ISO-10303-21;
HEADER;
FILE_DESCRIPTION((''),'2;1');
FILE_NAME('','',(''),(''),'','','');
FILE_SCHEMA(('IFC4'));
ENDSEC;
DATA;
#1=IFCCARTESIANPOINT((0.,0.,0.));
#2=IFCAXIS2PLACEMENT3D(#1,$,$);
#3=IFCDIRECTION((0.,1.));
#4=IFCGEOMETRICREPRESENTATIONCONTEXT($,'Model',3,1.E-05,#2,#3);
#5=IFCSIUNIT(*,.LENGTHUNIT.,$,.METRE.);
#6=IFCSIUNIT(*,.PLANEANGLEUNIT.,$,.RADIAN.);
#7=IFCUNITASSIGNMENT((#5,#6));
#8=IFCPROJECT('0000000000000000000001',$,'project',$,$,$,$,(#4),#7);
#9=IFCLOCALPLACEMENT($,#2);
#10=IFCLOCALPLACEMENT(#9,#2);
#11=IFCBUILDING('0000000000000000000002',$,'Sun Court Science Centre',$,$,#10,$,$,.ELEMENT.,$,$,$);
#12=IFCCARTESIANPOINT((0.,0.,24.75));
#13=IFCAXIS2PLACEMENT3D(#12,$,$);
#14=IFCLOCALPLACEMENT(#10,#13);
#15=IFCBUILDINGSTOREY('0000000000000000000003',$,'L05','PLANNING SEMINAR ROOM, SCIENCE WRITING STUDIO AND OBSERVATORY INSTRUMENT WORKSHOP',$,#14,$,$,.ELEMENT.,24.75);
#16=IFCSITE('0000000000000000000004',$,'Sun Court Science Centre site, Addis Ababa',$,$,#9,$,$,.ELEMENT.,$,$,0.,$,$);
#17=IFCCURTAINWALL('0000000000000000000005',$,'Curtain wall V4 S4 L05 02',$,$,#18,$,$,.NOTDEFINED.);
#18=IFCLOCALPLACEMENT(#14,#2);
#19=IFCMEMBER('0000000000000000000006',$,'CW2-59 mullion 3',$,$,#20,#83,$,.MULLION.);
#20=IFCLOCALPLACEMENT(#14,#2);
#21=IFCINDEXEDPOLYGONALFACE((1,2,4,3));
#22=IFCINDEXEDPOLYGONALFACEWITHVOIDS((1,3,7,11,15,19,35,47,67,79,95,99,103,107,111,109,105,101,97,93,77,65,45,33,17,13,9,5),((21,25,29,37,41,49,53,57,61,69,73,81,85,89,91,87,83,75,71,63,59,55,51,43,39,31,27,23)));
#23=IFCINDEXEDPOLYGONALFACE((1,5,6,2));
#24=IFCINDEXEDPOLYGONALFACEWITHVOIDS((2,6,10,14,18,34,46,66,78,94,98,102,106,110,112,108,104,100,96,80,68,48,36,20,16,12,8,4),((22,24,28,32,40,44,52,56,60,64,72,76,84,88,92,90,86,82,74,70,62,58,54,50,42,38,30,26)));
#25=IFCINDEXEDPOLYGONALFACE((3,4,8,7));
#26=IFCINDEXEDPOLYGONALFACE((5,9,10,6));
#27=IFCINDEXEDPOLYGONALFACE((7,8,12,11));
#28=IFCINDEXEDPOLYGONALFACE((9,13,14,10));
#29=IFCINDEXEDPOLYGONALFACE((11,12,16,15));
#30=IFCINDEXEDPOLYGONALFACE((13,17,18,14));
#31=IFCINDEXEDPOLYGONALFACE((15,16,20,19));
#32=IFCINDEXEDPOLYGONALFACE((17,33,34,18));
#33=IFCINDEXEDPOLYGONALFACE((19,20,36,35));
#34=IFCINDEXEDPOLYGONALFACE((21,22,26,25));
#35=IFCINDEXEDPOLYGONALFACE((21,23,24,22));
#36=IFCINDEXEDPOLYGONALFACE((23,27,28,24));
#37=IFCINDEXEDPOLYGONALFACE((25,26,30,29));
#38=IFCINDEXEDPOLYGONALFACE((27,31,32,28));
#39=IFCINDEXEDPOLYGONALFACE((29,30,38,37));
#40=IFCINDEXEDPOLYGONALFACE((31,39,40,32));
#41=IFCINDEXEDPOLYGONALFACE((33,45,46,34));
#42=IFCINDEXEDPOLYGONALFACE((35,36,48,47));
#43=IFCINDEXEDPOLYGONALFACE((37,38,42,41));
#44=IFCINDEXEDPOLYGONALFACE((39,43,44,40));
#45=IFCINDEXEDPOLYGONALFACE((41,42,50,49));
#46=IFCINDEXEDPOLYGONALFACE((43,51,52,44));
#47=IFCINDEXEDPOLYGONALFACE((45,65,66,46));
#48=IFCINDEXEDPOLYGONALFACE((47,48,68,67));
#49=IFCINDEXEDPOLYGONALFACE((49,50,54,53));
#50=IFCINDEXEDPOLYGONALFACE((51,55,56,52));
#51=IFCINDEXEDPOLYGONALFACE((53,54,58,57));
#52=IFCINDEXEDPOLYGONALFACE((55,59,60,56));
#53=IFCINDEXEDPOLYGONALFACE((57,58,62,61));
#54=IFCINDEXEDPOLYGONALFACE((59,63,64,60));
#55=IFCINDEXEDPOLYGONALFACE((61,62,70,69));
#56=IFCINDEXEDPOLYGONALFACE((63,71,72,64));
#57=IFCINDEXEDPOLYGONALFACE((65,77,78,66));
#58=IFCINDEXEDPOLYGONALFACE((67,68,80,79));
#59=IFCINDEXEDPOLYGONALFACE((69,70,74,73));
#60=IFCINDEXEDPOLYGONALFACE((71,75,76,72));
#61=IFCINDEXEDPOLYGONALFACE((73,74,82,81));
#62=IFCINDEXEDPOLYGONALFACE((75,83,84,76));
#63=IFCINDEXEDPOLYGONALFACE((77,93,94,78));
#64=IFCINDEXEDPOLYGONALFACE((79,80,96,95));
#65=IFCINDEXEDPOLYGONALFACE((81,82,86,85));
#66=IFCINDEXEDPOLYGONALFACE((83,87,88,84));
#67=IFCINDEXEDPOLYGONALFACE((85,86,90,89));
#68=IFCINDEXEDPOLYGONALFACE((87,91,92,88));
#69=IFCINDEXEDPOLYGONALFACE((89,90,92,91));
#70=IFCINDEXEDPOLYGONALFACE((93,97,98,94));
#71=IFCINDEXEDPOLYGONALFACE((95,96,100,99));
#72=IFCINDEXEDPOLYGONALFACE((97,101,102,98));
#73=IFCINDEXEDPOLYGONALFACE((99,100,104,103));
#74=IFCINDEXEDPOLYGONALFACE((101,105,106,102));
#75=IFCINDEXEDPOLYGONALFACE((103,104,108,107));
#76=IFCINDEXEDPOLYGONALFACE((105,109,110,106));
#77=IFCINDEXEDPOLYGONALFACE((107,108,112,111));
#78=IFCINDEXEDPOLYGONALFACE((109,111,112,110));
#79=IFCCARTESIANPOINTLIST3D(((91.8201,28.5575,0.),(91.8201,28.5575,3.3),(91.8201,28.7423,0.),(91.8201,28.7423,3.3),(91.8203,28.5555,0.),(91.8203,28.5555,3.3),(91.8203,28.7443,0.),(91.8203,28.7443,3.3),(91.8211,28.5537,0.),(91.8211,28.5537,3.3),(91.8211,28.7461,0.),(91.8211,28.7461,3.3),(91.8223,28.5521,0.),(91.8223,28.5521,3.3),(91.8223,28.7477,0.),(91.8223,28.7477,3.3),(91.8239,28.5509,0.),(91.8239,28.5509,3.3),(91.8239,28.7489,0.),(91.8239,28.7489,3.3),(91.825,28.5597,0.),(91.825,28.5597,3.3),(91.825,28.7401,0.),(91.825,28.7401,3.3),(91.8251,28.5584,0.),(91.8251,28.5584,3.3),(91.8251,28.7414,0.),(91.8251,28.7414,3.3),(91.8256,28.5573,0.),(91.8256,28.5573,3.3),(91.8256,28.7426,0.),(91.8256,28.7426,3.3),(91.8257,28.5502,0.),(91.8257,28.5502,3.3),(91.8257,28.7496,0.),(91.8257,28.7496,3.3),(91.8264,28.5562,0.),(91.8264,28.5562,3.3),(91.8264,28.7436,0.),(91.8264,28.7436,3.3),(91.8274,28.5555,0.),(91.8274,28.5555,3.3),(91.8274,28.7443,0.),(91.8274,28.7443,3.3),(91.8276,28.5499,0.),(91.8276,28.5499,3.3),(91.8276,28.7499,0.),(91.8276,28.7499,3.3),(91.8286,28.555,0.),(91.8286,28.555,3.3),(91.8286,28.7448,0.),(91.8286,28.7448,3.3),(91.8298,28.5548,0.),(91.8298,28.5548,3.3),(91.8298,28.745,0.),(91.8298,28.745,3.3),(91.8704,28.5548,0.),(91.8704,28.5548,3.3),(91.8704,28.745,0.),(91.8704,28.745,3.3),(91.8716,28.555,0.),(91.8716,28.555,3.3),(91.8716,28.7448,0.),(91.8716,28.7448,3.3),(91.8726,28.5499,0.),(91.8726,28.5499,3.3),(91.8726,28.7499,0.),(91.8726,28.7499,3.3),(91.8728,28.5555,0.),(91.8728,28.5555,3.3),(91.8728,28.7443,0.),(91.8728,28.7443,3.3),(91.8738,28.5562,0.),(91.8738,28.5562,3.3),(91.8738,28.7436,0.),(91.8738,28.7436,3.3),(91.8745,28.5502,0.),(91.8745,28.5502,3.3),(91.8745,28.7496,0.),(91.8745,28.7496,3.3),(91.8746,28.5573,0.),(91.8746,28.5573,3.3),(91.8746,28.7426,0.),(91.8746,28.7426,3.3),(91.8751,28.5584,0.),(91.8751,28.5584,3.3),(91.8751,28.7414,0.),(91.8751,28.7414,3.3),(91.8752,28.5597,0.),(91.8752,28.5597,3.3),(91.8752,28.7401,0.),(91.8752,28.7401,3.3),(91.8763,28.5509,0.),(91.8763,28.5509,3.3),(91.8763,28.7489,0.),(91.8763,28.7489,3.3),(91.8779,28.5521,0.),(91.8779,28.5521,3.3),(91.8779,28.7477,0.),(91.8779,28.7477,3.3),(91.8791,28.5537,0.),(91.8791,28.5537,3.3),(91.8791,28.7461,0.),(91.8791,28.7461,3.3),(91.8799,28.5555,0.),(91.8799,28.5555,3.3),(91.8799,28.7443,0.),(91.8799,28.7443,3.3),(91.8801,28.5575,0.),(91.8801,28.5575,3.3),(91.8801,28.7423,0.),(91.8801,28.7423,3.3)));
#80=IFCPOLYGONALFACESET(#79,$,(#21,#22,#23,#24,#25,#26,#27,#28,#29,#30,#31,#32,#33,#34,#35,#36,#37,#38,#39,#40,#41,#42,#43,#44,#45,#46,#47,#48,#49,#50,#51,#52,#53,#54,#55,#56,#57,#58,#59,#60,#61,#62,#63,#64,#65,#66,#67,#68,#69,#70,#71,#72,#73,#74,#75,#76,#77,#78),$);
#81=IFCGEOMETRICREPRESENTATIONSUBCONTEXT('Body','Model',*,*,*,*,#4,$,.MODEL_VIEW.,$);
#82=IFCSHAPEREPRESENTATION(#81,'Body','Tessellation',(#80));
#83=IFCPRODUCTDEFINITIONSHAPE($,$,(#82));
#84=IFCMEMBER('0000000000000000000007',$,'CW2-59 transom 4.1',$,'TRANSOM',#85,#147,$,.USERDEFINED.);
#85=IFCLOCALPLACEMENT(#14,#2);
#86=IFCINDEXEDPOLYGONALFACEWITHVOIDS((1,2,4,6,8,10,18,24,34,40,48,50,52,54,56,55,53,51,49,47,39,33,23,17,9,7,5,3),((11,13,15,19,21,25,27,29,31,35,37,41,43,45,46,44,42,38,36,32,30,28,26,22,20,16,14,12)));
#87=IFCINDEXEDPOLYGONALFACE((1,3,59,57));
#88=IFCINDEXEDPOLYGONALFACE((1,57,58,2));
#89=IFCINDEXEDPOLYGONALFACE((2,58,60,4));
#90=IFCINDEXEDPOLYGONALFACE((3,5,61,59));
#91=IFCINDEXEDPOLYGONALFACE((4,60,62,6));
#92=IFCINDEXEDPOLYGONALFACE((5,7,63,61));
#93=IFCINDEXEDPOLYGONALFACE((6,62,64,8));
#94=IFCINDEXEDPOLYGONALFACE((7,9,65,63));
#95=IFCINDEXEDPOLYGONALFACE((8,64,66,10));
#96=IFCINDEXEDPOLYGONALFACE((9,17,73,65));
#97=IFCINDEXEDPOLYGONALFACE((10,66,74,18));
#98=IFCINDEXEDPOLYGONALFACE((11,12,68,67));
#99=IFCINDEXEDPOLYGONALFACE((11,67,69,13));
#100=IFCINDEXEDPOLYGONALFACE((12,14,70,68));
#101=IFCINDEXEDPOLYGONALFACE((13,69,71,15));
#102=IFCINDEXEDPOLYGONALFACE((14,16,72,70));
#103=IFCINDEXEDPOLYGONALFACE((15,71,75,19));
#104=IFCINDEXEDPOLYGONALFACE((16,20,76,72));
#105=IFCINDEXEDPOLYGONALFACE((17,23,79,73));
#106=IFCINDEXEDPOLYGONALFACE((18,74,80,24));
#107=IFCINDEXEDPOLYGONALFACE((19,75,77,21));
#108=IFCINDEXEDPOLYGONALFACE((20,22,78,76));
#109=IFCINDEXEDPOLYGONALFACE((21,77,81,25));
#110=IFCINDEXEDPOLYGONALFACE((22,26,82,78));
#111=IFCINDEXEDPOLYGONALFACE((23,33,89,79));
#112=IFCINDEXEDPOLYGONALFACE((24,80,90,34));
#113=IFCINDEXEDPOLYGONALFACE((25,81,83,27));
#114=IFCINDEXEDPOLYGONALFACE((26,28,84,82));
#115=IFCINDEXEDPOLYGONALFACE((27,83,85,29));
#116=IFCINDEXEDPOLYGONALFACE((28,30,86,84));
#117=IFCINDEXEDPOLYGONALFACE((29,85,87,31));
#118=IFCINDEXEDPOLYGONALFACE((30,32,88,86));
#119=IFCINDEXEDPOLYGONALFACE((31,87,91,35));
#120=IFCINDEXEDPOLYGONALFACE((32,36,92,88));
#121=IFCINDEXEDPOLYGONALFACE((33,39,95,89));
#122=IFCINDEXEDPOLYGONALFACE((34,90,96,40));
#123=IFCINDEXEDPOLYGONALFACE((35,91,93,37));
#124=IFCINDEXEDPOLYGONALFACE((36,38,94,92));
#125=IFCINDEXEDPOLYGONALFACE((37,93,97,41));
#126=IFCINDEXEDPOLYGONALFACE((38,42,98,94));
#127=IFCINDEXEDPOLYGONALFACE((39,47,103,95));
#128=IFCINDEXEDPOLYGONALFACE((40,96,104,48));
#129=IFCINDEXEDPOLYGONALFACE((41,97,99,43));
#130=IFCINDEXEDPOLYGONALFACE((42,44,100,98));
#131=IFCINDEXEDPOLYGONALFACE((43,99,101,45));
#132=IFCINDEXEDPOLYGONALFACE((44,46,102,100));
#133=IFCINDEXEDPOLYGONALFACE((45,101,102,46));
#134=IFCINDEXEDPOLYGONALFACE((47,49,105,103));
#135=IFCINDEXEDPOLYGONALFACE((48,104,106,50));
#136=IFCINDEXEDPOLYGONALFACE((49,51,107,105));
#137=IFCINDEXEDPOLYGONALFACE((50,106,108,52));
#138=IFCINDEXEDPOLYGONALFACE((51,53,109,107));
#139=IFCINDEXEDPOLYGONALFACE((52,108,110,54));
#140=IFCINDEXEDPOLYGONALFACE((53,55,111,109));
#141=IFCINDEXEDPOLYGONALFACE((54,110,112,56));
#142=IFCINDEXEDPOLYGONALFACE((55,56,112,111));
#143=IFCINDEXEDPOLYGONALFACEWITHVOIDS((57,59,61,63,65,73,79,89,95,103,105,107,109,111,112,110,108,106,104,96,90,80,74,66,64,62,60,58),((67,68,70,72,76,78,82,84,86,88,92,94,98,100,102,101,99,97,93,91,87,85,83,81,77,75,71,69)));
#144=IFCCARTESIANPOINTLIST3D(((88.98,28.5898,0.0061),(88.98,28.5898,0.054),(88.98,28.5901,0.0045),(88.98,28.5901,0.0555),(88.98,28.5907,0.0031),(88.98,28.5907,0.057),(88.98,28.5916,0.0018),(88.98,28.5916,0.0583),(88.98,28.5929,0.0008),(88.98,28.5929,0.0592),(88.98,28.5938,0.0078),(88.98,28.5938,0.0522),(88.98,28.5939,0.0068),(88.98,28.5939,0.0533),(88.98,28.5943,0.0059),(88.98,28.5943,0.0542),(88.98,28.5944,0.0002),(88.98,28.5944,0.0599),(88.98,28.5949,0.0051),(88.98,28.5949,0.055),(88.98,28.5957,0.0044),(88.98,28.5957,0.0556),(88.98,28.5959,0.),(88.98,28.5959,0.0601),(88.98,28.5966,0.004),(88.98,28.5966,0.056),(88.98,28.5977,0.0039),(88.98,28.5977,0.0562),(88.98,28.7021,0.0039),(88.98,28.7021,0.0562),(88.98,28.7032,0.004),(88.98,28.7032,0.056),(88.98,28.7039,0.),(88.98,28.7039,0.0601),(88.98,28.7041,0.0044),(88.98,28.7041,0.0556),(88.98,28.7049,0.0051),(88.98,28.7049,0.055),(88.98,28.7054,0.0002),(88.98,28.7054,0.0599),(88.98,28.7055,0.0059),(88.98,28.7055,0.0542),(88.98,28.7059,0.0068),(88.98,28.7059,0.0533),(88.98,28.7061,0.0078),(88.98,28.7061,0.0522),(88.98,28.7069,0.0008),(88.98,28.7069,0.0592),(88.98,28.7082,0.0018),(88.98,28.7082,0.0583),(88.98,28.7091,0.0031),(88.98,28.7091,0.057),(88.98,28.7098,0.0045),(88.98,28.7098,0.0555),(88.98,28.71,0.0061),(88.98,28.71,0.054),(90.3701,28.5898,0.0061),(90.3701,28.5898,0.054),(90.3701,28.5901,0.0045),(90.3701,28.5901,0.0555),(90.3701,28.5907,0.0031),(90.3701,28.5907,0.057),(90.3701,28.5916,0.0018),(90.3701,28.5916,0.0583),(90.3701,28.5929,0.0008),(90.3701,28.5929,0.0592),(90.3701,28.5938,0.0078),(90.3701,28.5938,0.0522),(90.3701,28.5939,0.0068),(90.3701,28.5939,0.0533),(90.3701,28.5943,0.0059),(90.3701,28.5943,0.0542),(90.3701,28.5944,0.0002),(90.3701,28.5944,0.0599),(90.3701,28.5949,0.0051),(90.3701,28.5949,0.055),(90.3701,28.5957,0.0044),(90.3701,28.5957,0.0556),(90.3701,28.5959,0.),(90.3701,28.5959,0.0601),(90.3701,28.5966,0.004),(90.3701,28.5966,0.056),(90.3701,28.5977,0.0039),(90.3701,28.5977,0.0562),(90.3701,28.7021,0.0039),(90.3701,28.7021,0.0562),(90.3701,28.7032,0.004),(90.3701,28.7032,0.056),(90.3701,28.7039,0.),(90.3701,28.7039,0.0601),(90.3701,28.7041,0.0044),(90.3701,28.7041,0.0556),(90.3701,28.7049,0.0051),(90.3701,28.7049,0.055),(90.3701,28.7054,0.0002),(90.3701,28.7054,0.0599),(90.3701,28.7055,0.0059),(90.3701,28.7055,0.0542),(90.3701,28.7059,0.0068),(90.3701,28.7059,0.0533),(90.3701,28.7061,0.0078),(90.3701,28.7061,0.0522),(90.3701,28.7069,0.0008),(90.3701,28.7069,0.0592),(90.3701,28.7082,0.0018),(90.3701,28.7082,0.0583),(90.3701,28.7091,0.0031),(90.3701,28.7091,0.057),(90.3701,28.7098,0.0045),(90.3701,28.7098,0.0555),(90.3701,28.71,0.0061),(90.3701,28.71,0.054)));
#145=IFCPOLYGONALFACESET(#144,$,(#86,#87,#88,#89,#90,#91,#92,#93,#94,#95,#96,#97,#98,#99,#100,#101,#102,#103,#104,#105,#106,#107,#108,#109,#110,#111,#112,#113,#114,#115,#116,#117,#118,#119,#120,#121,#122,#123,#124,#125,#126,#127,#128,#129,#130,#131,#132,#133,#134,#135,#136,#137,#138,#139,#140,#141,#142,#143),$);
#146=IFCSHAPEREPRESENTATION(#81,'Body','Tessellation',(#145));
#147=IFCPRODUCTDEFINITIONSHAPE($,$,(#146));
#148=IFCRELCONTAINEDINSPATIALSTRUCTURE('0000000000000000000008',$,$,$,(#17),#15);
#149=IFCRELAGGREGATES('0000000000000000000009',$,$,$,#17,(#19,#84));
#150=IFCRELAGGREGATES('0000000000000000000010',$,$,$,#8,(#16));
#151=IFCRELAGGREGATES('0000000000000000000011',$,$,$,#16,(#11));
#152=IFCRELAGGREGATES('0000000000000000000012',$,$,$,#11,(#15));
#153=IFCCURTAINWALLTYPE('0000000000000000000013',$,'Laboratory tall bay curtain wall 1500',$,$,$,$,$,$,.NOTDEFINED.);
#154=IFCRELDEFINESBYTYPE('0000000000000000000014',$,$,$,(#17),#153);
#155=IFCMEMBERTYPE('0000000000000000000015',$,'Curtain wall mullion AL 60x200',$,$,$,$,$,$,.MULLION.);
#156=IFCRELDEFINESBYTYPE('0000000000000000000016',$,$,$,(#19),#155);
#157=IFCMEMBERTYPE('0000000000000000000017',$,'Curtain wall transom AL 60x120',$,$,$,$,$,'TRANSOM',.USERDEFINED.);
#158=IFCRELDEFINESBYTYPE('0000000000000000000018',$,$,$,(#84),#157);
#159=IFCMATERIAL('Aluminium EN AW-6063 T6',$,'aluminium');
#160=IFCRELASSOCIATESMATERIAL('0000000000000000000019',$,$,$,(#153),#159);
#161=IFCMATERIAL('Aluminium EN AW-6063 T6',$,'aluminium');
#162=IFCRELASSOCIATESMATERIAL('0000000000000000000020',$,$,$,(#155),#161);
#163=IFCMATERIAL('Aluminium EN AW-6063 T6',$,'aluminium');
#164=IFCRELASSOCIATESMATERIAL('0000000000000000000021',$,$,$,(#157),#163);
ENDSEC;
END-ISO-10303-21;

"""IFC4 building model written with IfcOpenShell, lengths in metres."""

from ifc_helpers import new_model, si_unit, direction, frame, origin, origin_2d, place, context, subcontext, project, spatial, hollow_rectangle, extrude, material, material_profile, profile_set, type_object, element, aggregate, save


model = new_model("IFC4")

# Units and contexts
model_context = context("Model", 3, precision=1e-05, world=origin(), true_north=direction((0.0, 1.0)))
body_context = subcontext(model_context, "Body", "Model", "MODEL_VIEW")
ifc_project = project(units=[si_unit("LENGTHUNIT", "METRE"), si_unit("PLANEANGLEUNIT", "RADIAN")], contexts=[model_context])

# Site, building, storey
site_placement = place(None, origin())
site = spatial("IfcSite", under=ifc_project, at=site_placement, Name="Sun Court Science Centre site, Addis Ababa", CompositionType="ELEMENT", RefElevation=0.0)
building_placement = place(site_placement, origin())
building = spatial("IfcBuilding", under=site, at=building_placement, Name="Sun Court Science Centre", CompositionType="ELEMENT")
storey_placement = place(building_placement, frame((0.0, 0.0, 24.75)))
storey = spatial("IfcBuildingStorey", under=building, at=storey_placement, Name="L05", Description="PLANNING SEMINAR ROOM, SCIENCE WRITING STUDIO AND OBSERVATORY INSTRUMENT WORKSHOP", CompositionType="ELEMENT", Elevation=24.75)

# Curtain wall, members
ifc_material_1 = material(Name="Aluminium EN AW-6063 T6", Category="aluminium")
curtain_wall_type = type_object("IfcCurtainWallType", Name="Laboratory tall bay curtain wall 1500", PredefinedType="NOTDEFINED", material=ifc_material_1)
curtain_wall_placement = place(storey_placement, origin())
curtain_wall = element("IfcCurtainWall", 1, at=curtain_wall_placement, inside=storey, type_object=curtain_wall_type, Name="Curtain wall V4 S4 L05 02", PredefinedType="NOTDEFINED")
ifc_material_2 = material(Name="Aluminium EN AW-6063 T6", Category="aluminium")
ifc_material_profile_1 = material_profile(ifc_material_2, hollow_rectangle(XDim=0.0601, YDim=0.2, WallThickness=0.0049, InnerFilletRadius=0.0049, OuterFilletRadius=0.0076, at=origin_2d()), Name="AL 60x200x5")
ifc_profile_set_1 = profile_set([ifc_material_profile_1], Name="Aluminium EN AW-6063 T6")
member_type_1 = type_object("IfcMemberType", Name="Curtain wall mullion AL 60x200", PredefinedType="MULLION", material=ifc_profile_set_1)
member_1_placement = place(storey_placement, frame((91.8501, 28.6499, 0.0), z_axis=(0.0, 0.0, 1.0), x_axis=(-1.0, 0.0, 0.0)))
member_1 = element("IfcMember", 2, at=member_1_placement, type_object=member_type_1, Name="CW2-59 mullion 3", PredefinedType="MULLION", context=body_context, shape_type="SweptSolid", body=[
    extrude(hollow_rectangle(XDim=0.0601, YDim=0.2, WallThickness=0.0049, InnerFilletRadius=0.0049, OuterFilletRadius=0.0076, at=origin_2d()), origin(), (0.0, 0.0, 1.0), 3.3),
])
ifc_material_3 = material(Name="Aluminium EN AW-6063 T6", Category="aluminium")
ifc_material_profile_2 = material_profile(ifc_material_3, hollow_rectangle(XDim=0.0601, YDim=0.1201, WallThickness=0.0039, InnerFilletRadius=0.0039, OuterFilletRadius=0.0061, at=origin_2d()), Name="AL 60x120x4")
ifc_profile_set_2 = profile_set([ifc_material_profile_2], Name="Aluminium EN AW-6063 T6")
member_type_2 = type_object("IfcMemberType", Name="Curtain wall transom AL 60x120", ElementType="TRANSOM", PredefinedType="USERDEFINED", material=ifc_profile_set_2)
member_2_placement = place(storey_placement, frame((90.3701, 28.6499, 0.03), z_axis=(-1.0, 0.0, 0.0), x_axis=(0.0, 0.0, 1.0)))
member_2 = element("IfcMember", 3, at=member_2_placement, type_object=member_type_2, Name="CW2-59 transom 4.1", ObjectType="TRANSOM", PredefinedType="USERDEFINED", context=body_context, shape_type="SweptSolid", body=[
    extrude(hollow_rectangle(XDim=0.0601, YDim=0.1201, WallThickness=0.0039, InnerFilletRadius=0.0039, OuterFilletRadius=0.0061, at=origin_2d()), origin(), (0.0, 0.0, 1.0), 1.3901),
])
aggregate(curtain_wall, [member_1, member_2])

save(model, "model.ifc")
